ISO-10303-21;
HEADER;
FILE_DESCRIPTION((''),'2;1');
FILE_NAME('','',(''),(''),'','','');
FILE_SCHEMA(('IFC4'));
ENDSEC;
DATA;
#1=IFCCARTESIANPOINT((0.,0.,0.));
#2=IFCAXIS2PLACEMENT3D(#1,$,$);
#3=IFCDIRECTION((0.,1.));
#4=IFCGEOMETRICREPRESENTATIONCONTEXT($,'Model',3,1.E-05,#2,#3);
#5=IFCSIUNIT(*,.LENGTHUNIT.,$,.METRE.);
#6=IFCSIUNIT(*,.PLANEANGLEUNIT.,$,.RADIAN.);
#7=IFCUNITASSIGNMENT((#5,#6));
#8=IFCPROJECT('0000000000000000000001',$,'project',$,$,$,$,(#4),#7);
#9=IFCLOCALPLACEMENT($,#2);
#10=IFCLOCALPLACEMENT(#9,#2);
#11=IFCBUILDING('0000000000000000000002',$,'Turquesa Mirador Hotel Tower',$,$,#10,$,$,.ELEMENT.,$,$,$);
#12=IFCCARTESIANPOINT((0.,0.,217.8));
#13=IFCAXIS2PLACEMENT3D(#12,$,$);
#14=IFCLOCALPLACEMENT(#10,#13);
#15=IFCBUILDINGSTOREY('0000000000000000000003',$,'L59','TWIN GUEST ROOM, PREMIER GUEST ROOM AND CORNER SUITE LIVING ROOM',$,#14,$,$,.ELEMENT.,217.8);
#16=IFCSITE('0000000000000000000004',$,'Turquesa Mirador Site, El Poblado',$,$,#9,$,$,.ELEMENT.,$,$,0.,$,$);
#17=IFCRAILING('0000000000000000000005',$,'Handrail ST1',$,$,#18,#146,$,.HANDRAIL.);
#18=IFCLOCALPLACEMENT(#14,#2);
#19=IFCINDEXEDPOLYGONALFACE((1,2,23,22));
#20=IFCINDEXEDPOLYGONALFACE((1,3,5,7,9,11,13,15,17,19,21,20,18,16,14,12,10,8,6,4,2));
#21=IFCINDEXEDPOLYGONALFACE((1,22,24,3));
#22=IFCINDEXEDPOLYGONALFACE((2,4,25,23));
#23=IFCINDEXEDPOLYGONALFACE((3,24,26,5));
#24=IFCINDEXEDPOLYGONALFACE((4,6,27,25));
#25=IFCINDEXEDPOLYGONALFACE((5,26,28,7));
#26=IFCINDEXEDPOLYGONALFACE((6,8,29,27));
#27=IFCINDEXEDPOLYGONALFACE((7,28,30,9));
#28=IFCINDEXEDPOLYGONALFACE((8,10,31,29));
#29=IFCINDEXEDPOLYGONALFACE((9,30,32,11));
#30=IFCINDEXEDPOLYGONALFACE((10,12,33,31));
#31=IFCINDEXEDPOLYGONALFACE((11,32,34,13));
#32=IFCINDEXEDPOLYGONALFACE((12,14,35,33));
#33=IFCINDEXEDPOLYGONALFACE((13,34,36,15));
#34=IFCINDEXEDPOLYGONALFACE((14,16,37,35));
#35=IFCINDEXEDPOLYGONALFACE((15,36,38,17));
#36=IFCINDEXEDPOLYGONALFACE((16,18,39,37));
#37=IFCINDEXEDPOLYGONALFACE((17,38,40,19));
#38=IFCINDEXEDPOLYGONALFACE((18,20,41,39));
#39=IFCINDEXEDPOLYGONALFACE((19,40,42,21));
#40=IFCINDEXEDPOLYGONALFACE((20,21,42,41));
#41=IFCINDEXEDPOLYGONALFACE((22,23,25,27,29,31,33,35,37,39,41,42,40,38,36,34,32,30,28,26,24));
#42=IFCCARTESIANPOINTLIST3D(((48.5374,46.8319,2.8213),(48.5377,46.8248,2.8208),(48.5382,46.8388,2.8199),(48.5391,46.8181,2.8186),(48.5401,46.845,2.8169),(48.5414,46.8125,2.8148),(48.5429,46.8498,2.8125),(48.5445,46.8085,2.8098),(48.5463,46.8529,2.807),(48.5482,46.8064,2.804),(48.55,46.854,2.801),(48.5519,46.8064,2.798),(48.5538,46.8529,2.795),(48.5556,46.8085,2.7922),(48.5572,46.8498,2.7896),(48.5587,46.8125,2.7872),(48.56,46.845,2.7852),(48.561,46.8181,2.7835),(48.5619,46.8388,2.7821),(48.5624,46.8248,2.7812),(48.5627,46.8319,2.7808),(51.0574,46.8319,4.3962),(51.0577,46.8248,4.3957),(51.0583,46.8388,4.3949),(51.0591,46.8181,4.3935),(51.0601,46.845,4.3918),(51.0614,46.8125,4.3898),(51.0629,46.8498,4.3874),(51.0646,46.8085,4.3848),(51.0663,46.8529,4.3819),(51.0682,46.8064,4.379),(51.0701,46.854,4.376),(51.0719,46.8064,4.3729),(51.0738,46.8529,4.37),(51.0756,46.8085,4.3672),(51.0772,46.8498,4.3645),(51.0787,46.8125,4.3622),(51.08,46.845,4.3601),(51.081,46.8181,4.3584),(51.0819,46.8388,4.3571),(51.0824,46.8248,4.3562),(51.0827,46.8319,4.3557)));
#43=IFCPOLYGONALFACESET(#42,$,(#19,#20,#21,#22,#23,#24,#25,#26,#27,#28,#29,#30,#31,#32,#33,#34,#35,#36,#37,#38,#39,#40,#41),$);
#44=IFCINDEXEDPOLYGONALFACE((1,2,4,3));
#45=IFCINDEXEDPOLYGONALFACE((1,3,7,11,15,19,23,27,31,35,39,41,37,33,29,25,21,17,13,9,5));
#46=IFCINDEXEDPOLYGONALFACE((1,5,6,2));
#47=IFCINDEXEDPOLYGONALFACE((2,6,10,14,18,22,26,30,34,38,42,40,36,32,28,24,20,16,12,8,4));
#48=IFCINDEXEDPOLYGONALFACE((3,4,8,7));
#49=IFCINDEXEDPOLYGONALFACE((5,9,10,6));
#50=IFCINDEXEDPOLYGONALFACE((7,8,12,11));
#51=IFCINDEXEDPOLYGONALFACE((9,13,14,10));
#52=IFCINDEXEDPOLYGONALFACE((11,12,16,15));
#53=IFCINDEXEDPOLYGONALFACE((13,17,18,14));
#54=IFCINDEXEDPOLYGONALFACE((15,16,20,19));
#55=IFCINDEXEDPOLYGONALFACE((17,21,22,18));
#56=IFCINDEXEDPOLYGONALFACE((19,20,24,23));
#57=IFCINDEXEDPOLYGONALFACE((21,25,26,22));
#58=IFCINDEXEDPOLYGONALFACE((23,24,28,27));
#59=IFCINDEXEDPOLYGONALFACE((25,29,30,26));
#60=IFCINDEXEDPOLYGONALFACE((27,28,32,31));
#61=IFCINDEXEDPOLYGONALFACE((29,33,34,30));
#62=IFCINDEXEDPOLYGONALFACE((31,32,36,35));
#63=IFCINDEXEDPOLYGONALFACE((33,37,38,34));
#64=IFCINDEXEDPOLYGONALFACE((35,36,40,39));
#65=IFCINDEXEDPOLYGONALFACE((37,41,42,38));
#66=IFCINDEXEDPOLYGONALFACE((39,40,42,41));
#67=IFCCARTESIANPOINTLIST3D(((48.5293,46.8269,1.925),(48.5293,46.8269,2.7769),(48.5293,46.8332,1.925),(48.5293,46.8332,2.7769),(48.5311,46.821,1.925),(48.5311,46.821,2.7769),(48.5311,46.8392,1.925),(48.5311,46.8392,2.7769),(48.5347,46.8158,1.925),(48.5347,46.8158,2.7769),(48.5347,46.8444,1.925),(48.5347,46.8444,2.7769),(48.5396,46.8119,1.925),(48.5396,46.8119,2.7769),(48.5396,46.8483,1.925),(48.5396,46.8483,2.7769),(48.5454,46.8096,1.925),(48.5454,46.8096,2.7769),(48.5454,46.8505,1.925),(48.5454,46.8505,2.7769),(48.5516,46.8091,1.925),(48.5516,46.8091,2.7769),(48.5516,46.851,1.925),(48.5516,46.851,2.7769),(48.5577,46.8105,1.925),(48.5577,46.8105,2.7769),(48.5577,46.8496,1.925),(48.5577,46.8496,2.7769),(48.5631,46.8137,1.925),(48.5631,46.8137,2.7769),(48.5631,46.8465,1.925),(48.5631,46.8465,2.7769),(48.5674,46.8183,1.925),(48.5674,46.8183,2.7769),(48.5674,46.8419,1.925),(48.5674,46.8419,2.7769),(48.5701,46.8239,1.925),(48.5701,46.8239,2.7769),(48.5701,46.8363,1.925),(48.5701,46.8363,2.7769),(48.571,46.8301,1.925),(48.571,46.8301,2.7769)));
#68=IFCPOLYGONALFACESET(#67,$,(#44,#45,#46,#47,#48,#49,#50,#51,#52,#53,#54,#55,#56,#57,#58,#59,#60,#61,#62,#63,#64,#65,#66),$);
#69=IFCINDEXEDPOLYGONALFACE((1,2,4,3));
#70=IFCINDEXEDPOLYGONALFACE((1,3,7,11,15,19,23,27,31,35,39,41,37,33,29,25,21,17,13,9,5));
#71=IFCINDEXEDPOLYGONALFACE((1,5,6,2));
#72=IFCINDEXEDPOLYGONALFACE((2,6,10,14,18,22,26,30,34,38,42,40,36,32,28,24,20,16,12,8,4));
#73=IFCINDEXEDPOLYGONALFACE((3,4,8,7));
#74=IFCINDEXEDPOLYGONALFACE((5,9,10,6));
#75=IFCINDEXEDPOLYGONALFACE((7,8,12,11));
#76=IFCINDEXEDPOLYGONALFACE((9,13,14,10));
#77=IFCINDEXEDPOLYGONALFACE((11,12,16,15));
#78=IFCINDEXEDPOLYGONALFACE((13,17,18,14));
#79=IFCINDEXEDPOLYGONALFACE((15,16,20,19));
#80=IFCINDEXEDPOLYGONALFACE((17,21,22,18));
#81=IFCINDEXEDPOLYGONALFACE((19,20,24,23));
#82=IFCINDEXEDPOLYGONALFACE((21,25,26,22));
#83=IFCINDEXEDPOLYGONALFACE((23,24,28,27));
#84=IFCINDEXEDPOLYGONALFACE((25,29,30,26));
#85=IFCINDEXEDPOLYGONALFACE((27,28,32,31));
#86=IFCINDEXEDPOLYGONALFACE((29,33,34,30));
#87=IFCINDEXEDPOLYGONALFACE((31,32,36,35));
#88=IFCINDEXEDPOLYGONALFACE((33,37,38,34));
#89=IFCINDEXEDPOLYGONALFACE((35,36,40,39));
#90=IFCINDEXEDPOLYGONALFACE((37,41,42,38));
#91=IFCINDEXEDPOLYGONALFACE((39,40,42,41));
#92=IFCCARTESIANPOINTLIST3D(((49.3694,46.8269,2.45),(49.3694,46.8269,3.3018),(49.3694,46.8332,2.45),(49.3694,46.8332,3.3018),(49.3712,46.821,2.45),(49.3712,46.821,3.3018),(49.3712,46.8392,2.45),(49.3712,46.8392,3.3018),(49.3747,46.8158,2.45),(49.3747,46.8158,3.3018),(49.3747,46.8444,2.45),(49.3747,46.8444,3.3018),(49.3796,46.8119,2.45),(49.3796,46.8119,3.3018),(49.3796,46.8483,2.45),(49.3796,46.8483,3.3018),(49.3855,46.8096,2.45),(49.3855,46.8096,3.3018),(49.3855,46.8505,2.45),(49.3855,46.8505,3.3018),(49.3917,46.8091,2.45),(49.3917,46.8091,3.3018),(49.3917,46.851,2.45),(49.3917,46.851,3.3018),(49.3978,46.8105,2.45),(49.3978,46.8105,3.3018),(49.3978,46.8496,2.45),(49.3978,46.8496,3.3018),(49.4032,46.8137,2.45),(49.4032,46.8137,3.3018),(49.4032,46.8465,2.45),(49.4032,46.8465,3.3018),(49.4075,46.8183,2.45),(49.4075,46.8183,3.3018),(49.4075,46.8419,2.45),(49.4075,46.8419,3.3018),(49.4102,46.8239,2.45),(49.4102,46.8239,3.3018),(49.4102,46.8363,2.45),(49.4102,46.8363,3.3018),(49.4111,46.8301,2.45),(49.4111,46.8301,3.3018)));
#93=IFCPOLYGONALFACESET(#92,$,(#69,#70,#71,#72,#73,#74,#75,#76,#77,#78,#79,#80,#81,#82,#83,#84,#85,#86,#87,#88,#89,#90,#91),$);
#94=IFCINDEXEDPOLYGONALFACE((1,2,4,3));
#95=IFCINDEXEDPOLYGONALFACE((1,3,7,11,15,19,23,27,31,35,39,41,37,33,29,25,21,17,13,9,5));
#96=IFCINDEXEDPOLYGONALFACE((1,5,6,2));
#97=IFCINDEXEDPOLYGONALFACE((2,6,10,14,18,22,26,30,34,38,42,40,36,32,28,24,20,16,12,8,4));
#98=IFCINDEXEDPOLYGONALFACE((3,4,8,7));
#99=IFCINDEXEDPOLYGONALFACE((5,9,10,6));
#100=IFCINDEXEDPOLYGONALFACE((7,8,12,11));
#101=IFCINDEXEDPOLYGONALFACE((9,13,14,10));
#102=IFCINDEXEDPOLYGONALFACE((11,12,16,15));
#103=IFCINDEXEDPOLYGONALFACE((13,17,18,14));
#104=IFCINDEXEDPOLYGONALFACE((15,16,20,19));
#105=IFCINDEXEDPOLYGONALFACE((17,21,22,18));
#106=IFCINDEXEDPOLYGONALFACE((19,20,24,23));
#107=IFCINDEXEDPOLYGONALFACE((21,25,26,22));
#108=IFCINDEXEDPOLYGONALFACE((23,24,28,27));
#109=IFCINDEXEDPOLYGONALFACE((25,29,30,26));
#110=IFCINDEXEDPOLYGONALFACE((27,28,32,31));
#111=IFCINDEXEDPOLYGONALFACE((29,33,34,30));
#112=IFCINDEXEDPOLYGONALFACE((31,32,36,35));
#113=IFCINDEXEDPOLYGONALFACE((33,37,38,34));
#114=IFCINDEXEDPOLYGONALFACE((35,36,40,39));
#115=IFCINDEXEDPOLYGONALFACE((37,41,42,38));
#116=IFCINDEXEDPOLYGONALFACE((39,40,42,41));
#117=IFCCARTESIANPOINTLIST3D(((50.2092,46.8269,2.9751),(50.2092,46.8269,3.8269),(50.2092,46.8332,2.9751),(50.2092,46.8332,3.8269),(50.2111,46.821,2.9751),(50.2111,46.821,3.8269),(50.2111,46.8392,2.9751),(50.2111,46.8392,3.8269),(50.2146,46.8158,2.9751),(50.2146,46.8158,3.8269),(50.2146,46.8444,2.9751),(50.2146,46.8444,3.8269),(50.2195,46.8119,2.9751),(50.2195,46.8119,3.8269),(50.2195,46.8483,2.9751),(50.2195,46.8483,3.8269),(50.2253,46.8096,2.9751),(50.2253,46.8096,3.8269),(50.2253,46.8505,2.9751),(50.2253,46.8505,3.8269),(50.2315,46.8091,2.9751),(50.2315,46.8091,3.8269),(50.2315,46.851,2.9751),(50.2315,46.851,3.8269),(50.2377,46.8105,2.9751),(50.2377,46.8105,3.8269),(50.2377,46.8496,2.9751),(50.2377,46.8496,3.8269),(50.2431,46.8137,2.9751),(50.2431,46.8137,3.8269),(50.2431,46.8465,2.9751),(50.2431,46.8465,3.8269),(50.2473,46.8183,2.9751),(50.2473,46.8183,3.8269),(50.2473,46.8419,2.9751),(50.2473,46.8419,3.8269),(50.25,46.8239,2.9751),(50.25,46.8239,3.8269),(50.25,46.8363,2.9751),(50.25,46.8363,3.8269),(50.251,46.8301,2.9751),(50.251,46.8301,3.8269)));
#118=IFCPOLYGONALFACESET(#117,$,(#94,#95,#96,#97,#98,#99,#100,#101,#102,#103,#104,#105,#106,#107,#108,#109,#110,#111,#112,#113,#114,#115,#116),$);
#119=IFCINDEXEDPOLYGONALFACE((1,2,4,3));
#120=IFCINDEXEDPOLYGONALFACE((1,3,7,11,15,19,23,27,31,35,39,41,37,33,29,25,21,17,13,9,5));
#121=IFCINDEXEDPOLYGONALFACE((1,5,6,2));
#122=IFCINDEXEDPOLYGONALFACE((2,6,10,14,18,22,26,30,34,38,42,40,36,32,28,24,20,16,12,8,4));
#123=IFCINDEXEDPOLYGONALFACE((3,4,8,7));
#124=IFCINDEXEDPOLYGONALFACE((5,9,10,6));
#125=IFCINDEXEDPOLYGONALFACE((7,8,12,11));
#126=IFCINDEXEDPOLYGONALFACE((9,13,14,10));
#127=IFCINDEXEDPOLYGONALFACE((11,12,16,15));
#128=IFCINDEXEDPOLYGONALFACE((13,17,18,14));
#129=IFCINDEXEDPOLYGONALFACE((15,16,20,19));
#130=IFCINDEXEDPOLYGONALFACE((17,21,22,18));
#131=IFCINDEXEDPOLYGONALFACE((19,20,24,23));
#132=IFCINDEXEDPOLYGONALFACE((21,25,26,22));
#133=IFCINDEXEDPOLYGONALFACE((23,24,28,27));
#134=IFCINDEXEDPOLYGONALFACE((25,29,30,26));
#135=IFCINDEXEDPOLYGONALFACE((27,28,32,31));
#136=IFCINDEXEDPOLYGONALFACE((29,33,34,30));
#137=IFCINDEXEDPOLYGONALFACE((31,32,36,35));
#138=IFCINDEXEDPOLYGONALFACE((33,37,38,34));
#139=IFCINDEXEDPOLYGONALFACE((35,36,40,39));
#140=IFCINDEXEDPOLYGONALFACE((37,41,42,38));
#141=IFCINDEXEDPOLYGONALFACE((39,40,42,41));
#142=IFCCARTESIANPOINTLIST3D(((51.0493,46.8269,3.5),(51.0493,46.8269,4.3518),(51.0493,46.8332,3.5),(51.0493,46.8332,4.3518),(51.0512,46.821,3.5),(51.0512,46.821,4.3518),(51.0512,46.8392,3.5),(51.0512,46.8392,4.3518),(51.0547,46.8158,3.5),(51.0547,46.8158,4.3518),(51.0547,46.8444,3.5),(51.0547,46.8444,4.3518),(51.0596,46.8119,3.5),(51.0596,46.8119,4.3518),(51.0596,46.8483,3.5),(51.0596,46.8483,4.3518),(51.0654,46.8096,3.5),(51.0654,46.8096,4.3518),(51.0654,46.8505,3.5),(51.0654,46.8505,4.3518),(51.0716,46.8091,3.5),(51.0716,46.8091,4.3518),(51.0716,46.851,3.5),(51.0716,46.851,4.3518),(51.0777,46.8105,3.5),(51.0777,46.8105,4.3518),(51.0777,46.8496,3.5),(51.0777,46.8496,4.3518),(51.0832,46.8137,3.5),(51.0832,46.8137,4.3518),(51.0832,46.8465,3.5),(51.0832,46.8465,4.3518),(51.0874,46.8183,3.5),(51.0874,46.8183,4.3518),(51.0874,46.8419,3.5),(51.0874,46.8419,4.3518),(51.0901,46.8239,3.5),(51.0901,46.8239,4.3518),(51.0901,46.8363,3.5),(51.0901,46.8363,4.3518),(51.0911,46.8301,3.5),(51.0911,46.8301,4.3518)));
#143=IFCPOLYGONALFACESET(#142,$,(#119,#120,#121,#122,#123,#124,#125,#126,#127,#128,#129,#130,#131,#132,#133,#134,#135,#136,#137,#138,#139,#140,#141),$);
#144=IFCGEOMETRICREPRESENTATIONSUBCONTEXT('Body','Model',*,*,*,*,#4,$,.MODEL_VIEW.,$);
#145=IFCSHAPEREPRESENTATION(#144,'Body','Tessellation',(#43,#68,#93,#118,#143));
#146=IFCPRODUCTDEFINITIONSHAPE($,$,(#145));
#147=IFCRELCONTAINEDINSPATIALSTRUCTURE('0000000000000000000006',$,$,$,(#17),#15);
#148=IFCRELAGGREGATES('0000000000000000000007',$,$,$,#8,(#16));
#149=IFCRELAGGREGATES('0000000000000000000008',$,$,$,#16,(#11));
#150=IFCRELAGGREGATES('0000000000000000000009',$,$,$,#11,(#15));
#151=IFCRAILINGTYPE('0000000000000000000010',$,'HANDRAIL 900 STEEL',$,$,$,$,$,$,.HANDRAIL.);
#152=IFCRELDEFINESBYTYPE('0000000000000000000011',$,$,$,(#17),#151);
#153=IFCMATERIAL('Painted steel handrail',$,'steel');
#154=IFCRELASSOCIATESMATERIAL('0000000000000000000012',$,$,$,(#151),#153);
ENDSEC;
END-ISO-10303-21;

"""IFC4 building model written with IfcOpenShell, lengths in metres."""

from ifc_helpers import new_model, si_unit, direction, frame, origin, origin_2d, place, context, subcontext, project, spatial, circle, extrude, material, type_object, element, save


model = new_model("IFC4")

# Units and contexts
model_context = context("Model", 3, precision=1e-05, world=origin(), true_north=direction((0.0, 1.0)))
body_context = subcontext(model_context, "Body", "Model", "MODEL_VIEW")
ifc_project = project(units=[si_unit("LENGTHUNIT", "METRE"), si_unit("PLANEANGLEUNIT", "RADIAN")], contexts=[model_context])

# Site, building, storey
site_placement = place(None, origin())
site = spatial("IfcSite", under=ifc_project, at=site_placement, Name="Turquesa Mirador Site, El Poblado", CompositionType="ELEMENT", RefElevation=0.0)
building_placement = place(site_placement, origin())
building = spatial("IfcBuilding", under=site, at=building_placement, Name="Turquesa Mirador Hotel Tower", CompositionType="ELEMENT")
storey_placement = place(building_placement, frame((0.0, 0.0, 217.8)))
storey = spatial("IfcBuildingStorey", under=building, at=storey_placement, Name="L59", Description="TWIN GUEST ROOM, PREMIER GUEST ROOM AND CORNER SUITE LIVING ROOM", CompositionType="ELEMENT", Elevation=217.8)

# Railing
ifc_material_1 = material(Name="Painted steel handrail", Category="steel")
railing_type = type_object("IfcRailingType", Name="HANDRAIL 900 STEEL", PredefinedType="HANDRAIL", material=ifc_material_1)
railing_1_placement = place(storey_placement, frame((48.55, 46.8301, 1.925)))
element("IfcRailing", 1, at=railing_1_placement, inside=storey, type_object=railing_type, Name="Handrail ST1", PredefinedType="HANDRAIL", context=body_context, shape_type="SweptSolid", body=[
    extrude(circle(Radius=0.0239, at=origin_2d()), frame((0.0, 0.0, 0.876), z_axis=(0.848008, 0.0, 0.529984), x_axis=(0.0, 1.0, 0.0)), (0.0, 0.0, 1.0), 2.9717),
    extrude(circle(Radius=0.021, at=origin_2d()), origin(), (0.0, 0.0, 1.0), 0.8518),
    extrude(circle(Radius=0.021, at=origin_2d()), frame((0.8401, 0.0, 0.5249)), (0.0, 0.0, 1.0), 0.8518),
    extrude(circle(Radius=0.021, at=origin_2d()), frame((1.6799, 0.0, 1.05)), (0.0, 0.0, 1.0), 0.8518),
    extrude(circle(Radius=0.021, at=origin_2d()), frame((2.52, 0.0, 1.575)), (0.0, 0.0, 1.0), 0.8518),
])

save(model, "model.ifc")
